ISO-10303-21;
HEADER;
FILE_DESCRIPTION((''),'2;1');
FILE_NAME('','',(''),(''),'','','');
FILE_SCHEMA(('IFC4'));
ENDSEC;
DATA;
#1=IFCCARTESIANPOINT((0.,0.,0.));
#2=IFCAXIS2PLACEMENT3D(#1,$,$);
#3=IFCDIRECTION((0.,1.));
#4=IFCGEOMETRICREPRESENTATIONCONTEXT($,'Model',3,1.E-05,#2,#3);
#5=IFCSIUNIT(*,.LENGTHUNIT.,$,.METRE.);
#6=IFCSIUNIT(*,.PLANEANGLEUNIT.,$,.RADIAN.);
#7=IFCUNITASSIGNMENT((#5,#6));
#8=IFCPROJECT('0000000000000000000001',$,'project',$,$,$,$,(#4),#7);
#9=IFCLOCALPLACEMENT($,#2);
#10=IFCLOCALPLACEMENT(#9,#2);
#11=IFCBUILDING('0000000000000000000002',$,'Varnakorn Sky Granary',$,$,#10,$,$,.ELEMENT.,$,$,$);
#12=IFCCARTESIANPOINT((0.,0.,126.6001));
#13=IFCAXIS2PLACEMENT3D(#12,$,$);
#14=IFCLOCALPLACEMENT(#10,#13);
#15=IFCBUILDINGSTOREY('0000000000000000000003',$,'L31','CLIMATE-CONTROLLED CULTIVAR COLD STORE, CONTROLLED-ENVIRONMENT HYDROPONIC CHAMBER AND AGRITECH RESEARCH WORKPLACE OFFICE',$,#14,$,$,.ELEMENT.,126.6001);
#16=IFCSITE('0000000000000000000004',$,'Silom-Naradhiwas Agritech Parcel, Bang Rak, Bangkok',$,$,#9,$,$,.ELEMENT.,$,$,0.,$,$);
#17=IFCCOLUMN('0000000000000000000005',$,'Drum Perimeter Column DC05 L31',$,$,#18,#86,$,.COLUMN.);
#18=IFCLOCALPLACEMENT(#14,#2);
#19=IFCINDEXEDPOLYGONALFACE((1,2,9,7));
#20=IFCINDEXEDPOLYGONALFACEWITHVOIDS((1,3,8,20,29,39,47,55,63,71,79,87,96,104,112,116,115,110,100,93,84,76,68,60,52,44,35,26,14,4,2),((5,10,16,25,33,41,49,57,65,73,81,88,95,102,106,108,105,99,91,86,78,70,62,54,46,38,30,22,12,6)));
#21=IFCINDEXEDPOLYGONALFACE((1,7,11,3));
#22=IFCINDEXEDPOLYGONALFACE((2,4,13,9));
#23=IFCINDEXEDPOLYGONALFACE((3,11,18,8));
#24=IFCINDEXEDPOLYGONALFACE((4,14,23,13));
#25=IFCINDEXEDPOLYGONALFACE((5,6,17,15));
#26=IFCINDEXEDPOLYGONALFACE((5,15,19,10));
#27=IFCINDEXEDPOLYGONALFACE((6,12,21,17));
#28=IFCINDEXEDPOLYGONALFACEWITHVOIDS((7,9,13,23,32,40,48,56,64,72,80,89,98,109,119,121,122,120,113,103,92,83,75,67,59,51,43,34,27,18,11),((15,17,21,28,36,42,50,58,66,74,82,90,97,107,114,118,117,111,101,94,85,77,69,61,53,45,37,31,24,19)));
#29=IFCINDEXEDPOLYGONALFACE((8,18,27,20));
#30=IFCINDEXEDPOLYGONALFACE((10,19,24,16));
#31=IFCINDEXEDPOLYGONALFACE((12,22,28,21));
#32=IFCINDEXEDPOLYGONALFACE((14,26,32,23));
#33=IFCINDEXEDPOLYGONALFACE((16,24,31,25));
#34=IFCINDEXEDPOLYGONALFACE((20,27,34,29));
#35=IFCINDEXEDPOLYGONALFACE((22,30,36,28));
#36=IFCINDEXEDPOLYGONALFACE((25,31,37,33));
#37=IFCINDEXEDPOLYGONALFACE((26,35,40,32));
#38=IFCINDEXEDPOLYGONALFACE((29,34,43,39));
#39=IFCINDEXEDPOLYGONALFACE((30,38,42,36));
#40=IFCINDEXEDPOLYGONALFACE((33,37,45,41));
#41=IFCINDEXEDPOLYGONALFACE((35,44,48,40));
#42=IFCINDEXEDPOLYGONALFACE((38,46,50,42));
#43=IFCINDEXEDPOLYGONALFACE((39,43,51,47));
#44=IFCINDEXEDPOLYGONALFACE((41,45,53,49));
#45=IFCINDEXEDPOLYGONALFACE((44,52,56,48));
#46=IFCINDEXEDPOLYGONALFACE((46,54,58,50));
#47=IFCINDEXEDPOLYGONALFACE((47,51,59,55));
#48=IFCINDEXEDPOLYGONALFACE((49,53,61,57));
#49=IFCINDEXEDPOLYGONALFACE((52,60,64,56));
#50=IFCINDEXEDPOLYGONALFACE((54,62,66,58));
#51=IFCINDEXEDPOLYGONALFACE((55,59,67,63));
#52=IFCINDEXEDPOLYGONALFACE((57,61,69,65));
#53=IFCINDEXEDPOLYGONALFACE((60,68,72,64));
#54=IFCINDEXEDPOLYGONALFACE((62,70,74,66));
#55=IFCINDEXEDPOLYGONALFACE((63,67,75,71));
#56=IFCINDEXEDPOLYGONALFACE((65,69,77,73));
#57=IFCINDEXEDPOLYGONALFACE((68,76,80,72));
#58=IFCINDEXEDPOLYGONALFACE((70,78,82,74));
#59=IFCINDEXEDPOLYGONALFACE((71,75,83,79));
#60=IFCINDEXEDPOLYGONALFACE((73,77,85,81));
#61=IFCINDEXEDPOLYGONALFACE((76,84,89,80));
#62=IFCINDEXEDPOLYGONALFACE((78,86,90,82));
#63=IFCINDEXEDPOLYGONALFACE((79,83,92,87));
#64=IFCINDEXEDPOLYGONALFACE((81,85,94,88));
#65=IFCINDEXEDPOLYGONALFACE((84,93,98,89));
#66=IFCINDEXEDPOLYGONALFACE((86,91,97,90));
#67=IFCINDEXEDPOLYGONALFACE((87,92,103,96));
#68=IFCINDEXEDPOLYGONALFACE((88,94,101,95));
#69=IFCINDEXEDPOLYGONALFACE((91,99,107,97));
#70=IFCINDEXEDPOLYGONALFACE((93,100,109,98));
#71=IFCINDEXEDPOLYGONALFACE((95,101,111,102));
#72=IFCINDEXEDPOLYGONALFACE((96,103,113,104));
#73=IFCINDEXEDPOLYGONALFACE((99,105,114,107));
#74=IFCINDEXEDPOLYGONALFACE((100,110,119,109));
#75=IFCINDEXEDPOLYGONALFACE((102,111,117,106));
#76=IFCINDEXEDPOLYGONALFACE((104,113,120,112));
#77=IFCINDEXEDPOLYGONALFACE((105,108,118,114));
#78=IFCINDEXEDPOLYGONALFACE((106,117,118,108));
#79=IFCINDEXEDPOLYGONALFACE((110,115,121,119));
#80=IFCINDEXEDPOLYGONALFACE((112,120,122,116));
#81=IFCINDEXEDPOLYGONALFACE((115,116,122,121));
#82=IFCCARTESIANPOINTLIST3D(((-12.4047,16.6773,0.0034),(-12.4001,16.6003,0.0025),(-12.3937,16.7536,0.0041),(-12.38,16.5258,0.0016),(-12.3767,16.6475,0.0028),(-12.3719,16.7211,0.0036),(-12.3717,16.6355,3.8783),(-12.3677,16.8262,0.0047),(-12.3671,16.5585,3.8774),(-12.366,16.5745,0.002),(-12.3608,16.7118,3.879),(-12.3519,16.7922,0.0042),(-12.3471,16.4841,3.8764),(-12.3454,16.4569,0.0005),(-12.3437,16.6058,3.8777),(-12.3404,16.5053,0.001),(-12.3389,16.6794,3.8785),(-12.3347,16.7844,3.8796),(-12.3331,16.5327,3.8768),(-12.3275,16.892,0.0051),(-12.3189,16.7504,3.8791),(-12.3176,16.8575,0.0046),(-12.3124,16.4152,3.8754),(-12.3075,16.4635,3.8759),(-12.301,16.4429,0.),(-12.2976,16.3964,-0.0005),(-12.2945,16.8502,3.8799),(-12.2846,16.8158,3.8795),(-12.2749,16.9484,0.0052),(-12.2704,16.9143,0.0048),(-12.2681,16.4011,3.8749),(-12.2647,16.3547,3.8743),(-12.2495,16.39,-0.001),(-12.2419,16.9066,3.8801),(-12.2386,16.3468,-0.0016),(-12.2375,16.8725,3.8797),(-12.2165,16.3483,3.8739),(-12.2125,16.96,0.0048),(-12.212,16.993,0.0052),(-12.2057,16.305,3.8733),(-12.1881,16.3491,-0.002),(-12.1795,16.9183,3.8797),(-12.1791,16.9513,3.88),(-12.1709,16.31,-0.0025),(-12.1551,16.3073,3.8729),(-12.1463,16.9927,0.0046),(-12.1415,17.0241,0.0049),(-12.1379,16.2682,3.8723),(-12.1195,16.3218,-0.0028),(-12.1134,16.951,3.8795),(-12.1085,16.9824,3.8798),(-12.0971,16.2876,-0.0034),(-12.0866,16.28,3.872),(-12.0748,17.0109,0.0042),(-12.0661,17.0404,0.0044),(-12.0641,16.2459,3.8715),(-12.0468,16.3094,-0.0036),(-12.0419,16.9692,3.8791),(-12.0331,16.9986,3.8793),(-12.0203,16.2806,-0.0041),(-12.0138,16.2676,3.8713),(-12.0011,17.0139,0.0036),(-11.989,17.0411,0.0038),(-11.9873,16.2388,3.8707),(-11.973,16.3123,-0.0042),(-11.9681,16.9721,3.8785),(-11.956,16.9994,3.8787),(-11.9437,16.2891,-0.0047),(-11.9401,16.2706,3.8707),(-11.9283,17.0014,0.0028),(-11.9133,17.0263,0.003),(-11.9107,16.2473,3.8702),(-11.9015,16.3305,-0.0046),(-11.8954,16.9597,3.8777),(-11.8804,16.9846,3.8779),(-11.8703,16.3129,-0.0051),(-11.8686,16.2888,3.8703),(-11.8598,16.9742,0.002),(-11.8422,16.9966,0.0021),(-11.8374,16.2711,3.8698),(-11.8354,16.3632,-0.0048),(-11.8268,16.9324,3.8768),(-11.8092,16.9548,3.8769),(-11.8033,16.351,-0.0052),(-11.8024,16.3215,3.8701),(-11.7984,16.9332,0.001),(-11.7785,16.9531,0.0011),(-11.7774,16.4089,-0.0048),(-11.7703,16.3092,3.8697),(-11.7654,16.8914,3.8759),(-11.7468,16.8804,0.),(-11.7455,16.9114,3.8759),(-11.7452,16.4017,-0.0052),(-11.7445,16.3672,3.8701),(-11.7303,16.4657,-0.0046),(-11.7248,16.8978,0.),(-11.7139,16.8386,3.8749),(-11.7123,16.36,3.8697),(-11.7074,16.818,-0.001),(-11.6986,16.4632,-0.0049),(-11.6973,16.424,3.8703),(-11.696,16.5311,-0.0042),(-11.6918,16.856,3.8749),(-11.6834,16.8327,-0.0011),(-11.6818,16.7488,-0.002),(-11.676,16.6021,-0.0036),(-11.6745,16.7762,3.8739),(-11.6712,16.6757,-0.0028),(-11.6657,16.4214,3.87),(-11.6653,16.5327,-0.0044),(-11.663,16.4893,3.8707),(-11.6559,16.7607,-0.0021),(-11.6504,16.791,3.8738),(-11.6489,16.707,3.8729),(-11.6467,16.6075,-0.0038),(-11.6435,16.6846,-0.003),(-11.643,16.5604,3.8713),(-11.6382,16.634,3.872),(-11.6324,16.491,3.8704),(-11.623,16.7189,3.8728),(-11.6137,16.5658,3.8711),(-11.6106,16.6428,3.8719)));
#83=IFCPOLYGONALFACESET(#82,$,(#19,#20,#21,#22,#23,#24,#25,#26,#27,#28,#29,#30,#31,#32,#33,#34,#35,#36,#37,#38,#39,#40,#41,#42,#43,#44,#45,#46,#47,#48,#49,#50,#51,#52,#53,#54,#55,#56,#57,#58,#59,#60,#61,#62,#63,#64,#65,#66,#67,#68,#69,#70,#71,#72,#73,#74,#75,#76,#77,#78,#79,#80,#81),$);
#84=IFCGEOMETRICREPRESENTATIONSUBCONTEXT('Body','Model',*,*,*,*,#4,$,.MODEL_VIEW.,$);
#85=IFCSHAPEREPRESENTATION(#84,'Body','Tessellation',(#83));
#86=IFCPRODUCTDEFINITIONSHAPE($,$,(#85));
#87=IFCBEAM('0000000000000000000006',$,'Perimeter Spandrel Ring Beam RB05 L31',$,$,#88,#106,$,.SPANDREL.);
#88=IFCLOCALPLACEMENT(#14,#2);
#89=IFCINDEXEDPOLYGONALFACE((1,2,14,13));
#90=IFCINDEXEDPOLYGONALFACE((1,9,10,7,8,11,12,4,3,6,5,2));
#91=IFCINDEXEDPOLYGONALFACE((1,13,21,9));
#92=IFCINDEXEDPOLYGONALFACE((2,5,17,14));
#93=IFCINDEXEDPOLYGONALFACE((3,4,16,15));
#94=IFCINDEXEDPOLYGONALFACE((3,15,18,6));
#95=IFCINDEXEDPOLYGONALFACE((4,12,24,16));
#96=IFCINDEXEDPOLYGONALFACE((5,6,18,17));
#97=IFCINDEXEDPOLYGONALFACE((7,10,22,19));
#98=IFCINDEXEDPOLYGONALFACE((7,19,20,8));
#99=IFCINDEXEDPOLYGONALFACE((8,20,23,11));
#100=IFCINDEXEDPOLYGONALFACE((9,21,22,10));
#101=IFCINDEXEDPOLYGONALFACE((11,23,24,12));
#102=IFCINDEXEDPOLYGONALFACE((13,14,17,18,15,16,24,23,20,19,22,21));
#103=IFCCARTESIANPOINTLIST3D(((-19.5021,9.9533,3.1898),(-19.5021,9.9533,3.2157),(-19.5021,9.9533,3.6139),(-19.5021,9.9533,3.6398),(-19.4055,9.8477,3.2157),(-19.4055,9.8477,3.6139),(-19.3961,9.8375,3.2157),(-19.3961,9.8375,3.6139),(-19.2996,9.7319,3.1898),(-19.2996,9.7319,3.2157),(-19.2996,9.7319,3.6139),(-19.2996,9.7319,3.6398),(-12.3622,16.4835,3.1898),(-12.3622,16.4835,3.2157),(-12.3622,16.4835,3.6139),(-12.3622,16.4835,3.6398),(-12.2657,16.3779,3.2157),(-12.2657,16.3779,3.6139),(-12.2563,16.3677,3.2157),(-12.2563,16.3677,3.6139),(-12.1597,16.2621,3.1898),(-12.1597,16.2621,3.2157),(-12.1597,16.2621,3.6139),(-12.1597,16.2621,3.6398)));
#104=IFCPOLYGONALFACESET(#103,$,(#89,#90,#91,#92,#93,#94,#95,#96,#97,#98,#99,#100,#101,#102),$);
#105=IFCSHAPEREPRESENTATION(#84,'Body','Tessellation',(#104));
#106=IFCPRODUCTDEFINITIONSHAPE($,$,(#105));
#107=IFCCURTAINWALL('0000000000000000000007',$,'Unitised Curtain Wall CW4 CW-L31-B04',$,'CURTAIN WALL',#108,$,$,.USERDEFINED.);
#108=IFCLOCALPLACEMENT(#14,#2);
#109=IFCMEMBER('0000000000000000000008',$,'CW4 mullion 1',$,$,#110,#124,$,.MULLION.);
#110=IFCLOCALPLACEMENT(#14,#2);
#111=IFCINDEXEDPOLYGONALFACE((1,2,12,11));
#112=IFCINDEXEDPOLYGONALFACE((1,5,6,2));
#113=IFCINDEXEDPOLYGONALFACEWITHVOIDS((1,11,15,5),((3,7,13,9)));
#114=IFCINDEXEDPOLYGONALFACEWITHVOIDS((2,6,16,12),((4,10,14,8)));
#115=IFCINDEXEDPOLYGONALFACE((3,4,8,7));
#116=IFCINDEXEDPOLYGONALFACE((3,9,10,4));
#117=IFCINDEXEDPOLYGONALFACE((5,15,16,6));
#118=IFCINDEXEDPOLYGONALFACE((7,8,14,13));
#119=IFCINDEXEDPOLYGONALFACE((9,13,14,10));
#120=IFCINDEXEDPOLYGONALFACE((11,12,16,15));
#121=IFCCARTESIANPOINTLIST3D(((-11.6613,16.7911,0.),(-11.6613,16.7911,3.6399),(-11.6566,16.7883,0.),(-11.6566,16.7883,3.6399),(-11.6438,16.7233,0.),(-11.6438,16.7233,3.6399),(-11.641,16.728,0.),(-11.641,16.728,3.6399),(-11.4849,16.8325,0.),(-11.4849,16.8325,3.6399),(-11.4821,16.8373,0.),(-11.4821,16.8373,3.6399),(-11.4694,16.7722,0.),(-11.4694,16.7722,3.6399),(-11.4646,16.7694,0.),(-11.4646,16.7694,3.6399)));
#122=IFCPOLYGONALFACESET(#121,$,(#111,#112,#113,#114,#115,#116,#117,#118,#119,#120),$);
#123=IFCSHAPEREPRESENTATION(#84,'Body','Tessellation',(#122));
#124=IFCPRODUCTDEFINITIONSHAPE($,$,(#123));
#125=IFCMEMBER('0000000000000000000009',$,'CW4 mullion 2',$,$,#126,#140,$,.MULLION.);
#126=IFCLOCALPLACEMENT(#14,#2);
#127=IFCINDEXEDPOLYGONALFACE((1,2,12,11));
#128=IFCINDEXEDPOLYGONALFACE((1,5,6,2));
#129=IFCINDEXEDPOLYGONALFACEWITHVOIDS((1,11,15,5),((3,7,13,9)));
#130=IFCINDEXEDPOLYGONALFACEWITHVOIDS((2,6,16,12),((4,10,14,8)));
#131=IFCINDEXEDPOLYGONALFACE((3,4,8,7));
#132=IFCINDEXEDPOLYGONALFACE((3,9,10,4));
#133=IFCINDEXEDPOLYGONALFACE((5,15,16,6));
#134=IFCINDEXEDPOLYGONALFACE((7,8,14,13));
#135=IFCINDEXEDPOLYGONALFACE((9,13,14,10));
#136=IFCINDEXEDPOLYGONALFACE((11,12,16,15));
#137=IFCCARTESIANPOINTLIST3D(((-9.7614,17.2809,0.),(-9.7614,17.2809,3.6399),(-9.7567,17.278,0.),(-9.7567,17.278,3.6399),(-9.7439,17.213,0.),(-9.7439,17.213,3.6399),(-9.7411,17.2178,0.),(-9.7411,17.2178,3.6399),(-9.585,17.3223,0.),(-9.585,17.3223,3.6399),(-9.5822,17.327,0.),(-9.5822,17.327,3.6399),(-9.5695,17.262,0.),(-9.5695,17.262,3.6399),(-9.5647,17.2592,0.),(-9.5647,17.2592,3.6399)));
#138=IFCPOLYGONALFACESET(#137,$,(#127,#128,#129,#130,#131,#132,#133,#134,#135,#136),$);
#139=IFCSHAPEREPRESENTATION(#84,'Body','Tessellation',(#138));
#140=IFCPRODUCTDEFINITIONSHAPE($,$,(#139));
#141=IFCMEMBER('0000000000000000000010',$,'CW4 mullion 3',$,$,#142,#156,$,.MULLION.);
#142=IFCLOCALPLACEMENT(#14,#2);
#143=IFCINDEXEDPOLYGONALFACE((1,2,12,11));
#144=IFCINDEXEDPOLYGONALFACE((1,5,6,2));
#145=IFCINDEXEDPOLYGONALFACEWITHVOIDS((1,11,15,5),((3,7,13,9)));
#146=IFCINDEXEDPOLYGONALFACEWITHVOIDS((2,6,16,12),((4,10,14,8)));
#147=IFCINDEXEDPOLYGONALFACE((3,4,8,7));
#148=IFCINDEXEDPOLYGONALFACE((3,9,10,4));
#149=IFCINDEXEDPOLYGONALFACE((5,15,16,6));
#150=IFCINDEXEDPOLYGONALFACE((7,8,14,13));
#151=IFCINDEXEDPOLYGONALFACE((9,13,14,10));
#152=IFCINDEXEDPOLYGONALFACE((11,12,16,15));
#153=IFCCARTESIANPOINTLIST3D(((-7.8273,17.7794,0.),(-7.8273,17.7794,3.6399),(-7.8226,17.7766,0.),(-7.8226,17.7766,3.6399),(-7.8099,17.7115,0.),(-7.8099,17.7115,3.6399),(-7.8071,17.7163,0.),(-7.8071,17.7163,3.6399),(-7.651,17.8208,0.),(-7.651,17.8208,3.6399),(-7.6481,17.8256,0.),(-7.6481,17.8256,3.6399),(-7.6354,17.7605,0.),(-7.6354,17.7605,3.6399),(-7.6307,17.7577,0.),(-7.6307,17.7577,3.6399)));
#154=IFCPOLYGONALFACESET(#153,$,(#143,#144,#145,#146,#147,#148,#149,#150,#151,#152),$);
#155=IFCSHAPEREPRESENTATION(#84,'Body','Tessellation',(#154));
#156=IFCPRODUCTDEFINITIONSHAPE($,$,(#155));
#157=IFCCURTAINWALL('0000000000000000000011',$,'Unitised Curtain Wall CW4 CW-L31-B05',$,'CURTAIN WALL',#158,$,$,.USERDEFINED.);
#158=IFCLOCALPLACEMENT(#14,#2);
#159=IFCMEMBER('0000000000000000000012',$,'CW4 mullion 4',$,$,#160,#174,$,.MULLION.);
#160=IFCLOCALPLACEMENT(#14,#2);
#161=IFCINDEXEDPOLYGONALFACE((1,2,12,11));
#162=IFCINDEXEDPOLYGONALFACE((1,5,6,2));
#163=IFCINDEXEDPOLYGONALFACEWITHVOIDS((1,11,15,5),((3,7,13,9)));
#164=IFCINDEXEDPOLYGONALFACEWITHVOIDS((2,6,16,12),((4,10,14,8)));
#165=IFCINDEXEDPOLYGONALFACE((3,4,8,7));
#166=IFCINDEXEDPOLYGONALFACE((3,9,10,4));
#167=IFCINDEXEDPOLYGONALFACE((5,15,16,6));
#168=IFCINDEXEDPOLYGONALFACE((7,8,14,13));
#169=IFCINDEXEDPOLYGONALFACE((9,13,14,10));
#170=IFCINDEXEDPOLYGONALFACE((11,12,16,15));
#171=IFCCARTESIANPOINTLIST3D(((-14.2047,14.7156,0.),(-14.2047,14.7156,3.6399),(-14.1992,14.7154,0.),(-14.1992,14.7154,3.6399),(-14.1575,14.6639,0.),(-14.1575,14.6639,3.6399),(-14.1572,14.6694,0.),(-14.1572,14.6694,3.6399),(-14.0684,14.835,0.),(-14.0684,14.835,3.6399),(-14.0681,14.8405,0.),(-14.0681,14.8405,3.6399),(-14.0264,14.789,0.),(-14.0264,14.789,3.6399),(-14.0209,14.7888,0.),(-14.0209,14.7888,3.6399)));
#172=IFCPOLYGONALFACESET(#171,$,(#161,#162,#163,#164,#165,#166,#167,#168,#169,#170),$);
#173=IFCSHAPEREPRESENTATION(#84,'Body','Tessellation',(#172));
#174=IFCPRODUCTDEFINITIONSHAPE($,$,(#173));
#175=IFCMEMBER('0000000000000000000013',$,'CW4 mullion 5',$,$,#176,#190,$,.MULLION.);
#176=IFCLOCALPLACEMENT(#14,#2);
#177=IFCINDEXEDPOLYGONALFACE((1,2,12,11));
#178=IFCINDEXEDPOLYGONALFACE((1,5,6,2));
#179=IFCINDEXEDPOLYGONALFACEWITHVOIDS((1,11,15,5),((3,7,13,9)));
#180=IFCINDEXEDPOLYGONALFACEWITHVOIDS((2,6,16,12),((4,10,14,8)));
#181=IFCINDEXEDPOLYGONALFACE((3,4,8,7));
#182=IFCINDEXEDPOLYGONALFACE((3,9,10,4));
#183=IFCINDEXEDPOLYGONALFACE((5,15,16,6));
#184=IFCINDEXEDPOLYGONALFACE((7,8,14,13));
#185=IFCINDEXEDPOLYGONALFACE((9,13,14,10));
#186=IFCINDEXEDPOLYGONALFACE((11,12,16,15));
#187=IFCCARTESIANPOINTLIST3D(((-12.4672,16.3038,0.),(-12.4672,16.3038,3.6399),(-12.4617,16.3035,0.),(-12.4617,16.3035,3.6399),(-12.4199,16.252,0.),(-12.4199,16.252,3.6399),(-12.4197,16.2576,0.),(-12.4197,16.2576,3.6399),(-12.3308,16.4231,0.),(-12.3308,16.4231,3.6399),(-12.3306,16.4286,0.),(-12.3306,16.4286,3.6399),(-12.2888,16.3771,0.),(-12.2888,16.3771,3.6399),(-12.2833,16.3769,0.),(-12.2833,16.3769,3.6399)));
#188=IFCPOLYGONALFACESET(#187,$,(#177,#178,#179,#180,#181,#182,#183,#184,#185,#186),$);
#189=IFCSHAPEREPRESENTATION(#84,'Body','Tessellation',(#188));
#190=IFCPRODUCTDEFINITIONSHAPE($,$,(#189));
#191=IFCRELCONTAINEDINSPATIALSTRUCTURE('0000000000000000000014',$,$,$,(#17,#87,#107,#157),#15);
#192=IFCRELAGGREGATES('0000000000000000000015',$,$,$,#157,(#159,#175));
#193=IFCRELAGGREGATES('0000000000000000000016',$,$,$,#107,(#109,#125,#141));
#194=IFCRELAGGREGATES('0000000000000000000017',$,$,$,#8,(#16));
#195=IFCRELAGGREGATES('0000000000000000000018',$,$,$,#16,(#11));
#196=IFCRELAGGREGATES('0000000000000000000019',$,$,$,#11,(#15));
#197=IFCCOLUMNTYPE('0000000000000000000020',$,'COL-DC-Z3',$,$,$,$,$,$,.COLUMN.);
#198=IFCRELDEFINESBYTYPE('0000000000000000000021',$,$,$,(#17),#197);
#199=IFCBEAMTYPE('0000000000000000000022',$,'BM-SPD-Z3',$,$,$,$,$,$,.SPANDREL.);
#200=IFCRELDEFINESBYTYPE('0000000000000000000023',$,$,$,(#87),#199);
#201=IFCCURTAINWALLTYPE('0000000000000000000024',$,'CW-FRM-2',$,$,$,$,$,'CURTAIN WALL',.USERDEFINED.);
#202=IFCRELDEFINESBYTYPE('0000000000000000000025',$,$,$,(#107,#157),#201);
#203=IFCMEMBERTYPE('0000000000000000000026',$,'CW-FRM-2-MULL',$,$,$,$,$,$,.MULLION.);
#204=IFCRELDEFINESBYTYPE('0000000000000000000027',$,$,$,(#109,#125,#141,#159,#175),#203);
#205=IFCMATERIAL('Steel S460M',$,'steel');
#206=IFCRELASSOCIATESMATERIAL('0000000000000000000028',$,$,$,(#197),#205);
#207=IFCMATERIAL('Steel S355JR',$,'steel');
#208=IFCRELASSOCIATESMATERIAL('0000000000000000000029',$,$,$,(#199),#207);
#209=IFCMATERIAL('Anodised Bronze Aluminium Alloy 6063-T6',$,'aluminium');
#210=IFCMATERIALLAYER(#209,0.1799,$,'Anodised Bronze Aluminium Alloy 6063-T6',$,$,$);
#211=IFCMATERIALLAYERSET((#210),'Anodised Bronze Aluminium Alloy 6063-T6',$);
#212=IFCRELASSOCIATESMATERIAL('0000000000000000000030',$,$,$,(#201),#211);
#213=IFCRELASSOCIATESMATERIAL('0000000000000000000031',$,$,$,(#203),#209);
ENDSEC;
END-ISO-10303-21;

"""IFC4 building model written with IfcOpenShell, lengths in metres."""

from ifc_helpers import new_model, si_unit, direction, frame, origin, origin_2d, place, context, subcontext, project, spatial, hollow_rectangle, hollow_circle, i_section, extrude, material, layer, layer_set, material_profile, profile_set, type_object, element, aggregate, save


model = new_model("IFC4")

# Units and contexts
model_context = context("Model", 3, precision=1e-05, world=origin(), true_north=direction((0.0, 1.0)))
body_context = subcontext(model_context, "Body", "Model", "MODEL_VIEW")
ifc_project = project(units=[si_unit("LENGTHUNIT", "METRE"), si_unit("PLANEANGLEUNIT", "RADIAN")], contexts=[model_context])

# Site, building, storey
site_placement = place(None, origin())
site = spatial("IfcSite", under=ifc_project, at=site_placement, Name="Silom-Naradhiwas Agritech Parcel, Bang Rak, Bangkok", CompositionType="ELEMENT", RefElevation=0.0)
building_placement = place(site_placement, origin())
building = spatial("IfcBuilding", under=site, at=building_placement, Name="Varnakorn Sky Granary", CompositionType="ELEMENT")
storey_placement = place(building_placement, frame((0.0, 0.0, 126.6001)))
storey = spatial("IfcBuildingStorey", under=building, at=storey_placement, Name="L31", Description="CLIMATE-CONTROLLED CULTIVAR COLD STORE, CONTROLLED-ENVIRONMENT HYDROPONIC CHAMBER AND AGRITECH RESEARCH WORKPLACE OFFICE", CompositionType="ELEMENT", Elevation=126.6001)

# Column
ifc_material_1 = material(Name="Steel S460M", Category="steel")
ifc_material_profile_1 = material_profile(ifc_material_1, hollow_circle(Radius=0.3811, WallThickness=0.0281, at=origin_2d()), Name="CHS 762x28")
ifc_profile_set_1 = profile_set([ifc_material_profile_1], Name="Steel S460M")
column_type = type_object("IfcColumnType", Name="COL-DC-Z3", PredefinedType="COLUMN", material=ifc_profile_set_1)
column_placement = place(storey_placement, frame((-12.0239, 16.6616, 0.0), z_axis=(0.008505, -0.010773, 0.999906), x_axis=(0.784883, 0.619644, 0.0)))
element("IfcColumn", 1, at=column_placement, inside=storey, type_object=column_type, Name="Drum Perimeter Column DC05 L31", PredefinedType="COLUMN", context=body_context, shape_type="SweptSolid", body=[
    extrude(hollow_circle(Radius=0.3811, WallThickness=0.0281, at=origin_2d()), origin(), (0.0, 0.0, 1.0), 3.8752),
])

# Beam
ifc_material_2 = material(Name="Steel S355JR", Category="steel")
ifc_material_profile_2 = material_profile(ifc_material_2, i_section(OverallWidth=0.3, OverallDepth=0.45, WebThickness=0.0139, FlangeThickness=0.0259, at=origin_2d()), Name="HE 450 B")
ifc_profile_set_2 = profile_set([ifc_material_profile_2], Name="Steel S355JR")
beam_type = type_object("IfcBeamType", Name="BM-SPD-Z3", PredefinedType="SPANDREL", material=ifc_profile_set_2)
beam_placement = place(storey_placement, frame((-12.261, 16.3728, 3.4148), z_axis=(-0.737907, -0.674903, 0.0), x_axis=(0.674903, -0.737907, 0.0)))
element("IfcBeam", 2, at=beam_placement, inside=storey, type_object=beam_type, Name="Perimeter Spandrel Ring Beam RB05 L31", PredefinedType="SPANDREL", context=body_context, shape_type="SweptSolid", body=[
    extrude(i_section(OverallWidth=0.3, OverallDepth=0.45, WebThickness=0.0139, FlangeThickness=0.0259, at=origin_2d()), origin(), (0.0, 0.0, 1.0), 9.6758),
])

# Curtain walls, members
ifc_material_3 = material(Name="Anodised Bronze Aluminium Alloy 6063-T6", Category="aluminium")
ifc_layer_1 = layer(ifc_material_3, 0.1799, Name="Anodised Bronze Aluminium Alloy 6063-T6")
ifc_layer_set_1 = layer_set([ifc_layer_1], Name="Anodised Bronze Aluminium Alloy 6063-T6")
curtain_wall_type = type_object("IfcCurtainWallType", Name="CW-FRM-2", ElementType="CURTAIN WALL", PredefinedType="USERDEFINED", material=ifc_layer_set_1)
curtain_wall_1_placement = place(storey_placement, origin())
curtain_wall_1 = element("IfcCurtainWall", 3, at=curtain_wall_1_placement, inside=storey, type_object=curtain_wall_type, Name="Unitised Curtain Wall CW4 CW-L31-B04", ObjectType="CURTAIN WALL", PredefinedType="USERDEFINED")
ifc_material_profile_3 = material_profile(ifc_material_3, hollow_rectangle(XDim=0.0701, YDim=0.1851, WallThickness=0.0039, at=origin_2d()), Name="ALU MULL 70x185")
ifc_profile_set_3 = profile_set([ifc_material_profile_3], Name="Anodised Bronze Aluminium Alloy 6063-T6")
member_type_1 = type_object("IfcMemberType", Name="CW-FRM-2-MULL", PredefinedType="MULLION", material=ifc_profile_set_3)
member_1_placement = place(storey_placement, frame((-11.563, 16.7803, 0.0), z_axis=(0.0, 0.0, 1.0), x_axis=(-0.249579, 0.968354, 0.0)))
member_1 = element("IfcMember", 4, at=member_1_placement, type_object=member_type_1, Name="CW4 mullion 1", PredefinedType="MULLION", context=body_context, shape_type="SweptSolid", body=[
    extrude(hollow_rectangle(XDim=0.0701, YDim=0.1851, WallThickness=0.0039, at=origin_2d()), origin(), (0.0, 0.0, 1.0), 3.6399),
])
member_2_placement = place(storey_placement, frame((-9.6631, 17.27, 0.0), z_axis=(0.0, 0.0, 1.0), x_axis=(-0.249579, 0.968354, 0.0)))
member_2 = element("IfcMember", 5, at=member_2_placement, type_object=member_type_1, Name="CW4 mullion 2", PredefinedType="MULLION", context=body_context, shape_type="SweptSolid", body=[
    extrude(hollow_rectangle(XDim=0.0701, YDim=0.1851, WallThickness=0.0039, at=origin_2d()), origin(), (0.0, 0.0, 1.0), 3.6399),
])
member_3_placement = place(storey_placement, frame((-7.729, 17.7686, 0.0), z_axis=(0.0, 0.0, 1.0), x_axis=(-0.249579, 0.968354, 0.0)))
member_3 = element("IfcMember", 6, at=member_3_placement, type_object=member_type_1, Name="CW4 mullion 3", PredefinedType="MULLION", context=body_context, shape_type="SweptSolid", body=[
    extrude(hollow_rectangle(XDim=0.0701, YDim=0.1851, WallThickness=0.0039, at=origin_2d()), origin(), (0.0, 0.0, 1.0), 3.6399),
])
curtain_wall_2_placement = place(storey_placement, origin())
curtain_wall_2 = element("IfcCurtainWall", 7, at=curtain_wall_2_placement, inside=storey, type_object=curtain_wall_type, Name="Unitised Curtain Wall CW4 CW-L31-B05", ObjectType="CURTAIN WALL", PredefinedType="USERDEFINED")
member_4_placement = place(storey_placement, frame((-14.1128, 14.7522, 0.0), z_axis=(0.0, 0.0, 1.0), x_axis=(-0.674681, 0.73811, 0.0)))
member_4 = element("IfcMember", 8, at=member_4_placement, type_object=member_type_1, Name="CW4 mullion 4", PredefinedType="MULLION", context=body_context, shape_type="SweptSolid", body=[
    extrude(hollow_rectangle(XDim=0.0701, YDim=0.1851, WallThickness=0.0039, at=origin_2d()), origin(), (0.0, 0.0, 1.0), 3.6399),
])
member_5_placement = place(storey_placement, frame((-12.3752, 16.3403, 0.0), z_axis=(0.0, 0.0, 1.0), x_axis=(-0.674681, 0.73811, 0.0)))
member_5 = element("IfcMember", 9, at=member_5_placement, type_object=member_type_1, Name="CW4 mullion 5", PredefinedType="MULLION", context=body_context, shape_type="SweptSolid", body=[
    extrude(hollow_rectangle(XDim=0.0701, YDim=0.1851, WallThickness=0.0039, at=origin_2d()), origin(), (0.0, 0.0, 1.0), 3.6399),
])

aggregate(curtain_wall_2, [member_4, member_5])
aggregate(curtain_wall_1, [member_1, member_2, member_3])

save(model, "model.ifc")
